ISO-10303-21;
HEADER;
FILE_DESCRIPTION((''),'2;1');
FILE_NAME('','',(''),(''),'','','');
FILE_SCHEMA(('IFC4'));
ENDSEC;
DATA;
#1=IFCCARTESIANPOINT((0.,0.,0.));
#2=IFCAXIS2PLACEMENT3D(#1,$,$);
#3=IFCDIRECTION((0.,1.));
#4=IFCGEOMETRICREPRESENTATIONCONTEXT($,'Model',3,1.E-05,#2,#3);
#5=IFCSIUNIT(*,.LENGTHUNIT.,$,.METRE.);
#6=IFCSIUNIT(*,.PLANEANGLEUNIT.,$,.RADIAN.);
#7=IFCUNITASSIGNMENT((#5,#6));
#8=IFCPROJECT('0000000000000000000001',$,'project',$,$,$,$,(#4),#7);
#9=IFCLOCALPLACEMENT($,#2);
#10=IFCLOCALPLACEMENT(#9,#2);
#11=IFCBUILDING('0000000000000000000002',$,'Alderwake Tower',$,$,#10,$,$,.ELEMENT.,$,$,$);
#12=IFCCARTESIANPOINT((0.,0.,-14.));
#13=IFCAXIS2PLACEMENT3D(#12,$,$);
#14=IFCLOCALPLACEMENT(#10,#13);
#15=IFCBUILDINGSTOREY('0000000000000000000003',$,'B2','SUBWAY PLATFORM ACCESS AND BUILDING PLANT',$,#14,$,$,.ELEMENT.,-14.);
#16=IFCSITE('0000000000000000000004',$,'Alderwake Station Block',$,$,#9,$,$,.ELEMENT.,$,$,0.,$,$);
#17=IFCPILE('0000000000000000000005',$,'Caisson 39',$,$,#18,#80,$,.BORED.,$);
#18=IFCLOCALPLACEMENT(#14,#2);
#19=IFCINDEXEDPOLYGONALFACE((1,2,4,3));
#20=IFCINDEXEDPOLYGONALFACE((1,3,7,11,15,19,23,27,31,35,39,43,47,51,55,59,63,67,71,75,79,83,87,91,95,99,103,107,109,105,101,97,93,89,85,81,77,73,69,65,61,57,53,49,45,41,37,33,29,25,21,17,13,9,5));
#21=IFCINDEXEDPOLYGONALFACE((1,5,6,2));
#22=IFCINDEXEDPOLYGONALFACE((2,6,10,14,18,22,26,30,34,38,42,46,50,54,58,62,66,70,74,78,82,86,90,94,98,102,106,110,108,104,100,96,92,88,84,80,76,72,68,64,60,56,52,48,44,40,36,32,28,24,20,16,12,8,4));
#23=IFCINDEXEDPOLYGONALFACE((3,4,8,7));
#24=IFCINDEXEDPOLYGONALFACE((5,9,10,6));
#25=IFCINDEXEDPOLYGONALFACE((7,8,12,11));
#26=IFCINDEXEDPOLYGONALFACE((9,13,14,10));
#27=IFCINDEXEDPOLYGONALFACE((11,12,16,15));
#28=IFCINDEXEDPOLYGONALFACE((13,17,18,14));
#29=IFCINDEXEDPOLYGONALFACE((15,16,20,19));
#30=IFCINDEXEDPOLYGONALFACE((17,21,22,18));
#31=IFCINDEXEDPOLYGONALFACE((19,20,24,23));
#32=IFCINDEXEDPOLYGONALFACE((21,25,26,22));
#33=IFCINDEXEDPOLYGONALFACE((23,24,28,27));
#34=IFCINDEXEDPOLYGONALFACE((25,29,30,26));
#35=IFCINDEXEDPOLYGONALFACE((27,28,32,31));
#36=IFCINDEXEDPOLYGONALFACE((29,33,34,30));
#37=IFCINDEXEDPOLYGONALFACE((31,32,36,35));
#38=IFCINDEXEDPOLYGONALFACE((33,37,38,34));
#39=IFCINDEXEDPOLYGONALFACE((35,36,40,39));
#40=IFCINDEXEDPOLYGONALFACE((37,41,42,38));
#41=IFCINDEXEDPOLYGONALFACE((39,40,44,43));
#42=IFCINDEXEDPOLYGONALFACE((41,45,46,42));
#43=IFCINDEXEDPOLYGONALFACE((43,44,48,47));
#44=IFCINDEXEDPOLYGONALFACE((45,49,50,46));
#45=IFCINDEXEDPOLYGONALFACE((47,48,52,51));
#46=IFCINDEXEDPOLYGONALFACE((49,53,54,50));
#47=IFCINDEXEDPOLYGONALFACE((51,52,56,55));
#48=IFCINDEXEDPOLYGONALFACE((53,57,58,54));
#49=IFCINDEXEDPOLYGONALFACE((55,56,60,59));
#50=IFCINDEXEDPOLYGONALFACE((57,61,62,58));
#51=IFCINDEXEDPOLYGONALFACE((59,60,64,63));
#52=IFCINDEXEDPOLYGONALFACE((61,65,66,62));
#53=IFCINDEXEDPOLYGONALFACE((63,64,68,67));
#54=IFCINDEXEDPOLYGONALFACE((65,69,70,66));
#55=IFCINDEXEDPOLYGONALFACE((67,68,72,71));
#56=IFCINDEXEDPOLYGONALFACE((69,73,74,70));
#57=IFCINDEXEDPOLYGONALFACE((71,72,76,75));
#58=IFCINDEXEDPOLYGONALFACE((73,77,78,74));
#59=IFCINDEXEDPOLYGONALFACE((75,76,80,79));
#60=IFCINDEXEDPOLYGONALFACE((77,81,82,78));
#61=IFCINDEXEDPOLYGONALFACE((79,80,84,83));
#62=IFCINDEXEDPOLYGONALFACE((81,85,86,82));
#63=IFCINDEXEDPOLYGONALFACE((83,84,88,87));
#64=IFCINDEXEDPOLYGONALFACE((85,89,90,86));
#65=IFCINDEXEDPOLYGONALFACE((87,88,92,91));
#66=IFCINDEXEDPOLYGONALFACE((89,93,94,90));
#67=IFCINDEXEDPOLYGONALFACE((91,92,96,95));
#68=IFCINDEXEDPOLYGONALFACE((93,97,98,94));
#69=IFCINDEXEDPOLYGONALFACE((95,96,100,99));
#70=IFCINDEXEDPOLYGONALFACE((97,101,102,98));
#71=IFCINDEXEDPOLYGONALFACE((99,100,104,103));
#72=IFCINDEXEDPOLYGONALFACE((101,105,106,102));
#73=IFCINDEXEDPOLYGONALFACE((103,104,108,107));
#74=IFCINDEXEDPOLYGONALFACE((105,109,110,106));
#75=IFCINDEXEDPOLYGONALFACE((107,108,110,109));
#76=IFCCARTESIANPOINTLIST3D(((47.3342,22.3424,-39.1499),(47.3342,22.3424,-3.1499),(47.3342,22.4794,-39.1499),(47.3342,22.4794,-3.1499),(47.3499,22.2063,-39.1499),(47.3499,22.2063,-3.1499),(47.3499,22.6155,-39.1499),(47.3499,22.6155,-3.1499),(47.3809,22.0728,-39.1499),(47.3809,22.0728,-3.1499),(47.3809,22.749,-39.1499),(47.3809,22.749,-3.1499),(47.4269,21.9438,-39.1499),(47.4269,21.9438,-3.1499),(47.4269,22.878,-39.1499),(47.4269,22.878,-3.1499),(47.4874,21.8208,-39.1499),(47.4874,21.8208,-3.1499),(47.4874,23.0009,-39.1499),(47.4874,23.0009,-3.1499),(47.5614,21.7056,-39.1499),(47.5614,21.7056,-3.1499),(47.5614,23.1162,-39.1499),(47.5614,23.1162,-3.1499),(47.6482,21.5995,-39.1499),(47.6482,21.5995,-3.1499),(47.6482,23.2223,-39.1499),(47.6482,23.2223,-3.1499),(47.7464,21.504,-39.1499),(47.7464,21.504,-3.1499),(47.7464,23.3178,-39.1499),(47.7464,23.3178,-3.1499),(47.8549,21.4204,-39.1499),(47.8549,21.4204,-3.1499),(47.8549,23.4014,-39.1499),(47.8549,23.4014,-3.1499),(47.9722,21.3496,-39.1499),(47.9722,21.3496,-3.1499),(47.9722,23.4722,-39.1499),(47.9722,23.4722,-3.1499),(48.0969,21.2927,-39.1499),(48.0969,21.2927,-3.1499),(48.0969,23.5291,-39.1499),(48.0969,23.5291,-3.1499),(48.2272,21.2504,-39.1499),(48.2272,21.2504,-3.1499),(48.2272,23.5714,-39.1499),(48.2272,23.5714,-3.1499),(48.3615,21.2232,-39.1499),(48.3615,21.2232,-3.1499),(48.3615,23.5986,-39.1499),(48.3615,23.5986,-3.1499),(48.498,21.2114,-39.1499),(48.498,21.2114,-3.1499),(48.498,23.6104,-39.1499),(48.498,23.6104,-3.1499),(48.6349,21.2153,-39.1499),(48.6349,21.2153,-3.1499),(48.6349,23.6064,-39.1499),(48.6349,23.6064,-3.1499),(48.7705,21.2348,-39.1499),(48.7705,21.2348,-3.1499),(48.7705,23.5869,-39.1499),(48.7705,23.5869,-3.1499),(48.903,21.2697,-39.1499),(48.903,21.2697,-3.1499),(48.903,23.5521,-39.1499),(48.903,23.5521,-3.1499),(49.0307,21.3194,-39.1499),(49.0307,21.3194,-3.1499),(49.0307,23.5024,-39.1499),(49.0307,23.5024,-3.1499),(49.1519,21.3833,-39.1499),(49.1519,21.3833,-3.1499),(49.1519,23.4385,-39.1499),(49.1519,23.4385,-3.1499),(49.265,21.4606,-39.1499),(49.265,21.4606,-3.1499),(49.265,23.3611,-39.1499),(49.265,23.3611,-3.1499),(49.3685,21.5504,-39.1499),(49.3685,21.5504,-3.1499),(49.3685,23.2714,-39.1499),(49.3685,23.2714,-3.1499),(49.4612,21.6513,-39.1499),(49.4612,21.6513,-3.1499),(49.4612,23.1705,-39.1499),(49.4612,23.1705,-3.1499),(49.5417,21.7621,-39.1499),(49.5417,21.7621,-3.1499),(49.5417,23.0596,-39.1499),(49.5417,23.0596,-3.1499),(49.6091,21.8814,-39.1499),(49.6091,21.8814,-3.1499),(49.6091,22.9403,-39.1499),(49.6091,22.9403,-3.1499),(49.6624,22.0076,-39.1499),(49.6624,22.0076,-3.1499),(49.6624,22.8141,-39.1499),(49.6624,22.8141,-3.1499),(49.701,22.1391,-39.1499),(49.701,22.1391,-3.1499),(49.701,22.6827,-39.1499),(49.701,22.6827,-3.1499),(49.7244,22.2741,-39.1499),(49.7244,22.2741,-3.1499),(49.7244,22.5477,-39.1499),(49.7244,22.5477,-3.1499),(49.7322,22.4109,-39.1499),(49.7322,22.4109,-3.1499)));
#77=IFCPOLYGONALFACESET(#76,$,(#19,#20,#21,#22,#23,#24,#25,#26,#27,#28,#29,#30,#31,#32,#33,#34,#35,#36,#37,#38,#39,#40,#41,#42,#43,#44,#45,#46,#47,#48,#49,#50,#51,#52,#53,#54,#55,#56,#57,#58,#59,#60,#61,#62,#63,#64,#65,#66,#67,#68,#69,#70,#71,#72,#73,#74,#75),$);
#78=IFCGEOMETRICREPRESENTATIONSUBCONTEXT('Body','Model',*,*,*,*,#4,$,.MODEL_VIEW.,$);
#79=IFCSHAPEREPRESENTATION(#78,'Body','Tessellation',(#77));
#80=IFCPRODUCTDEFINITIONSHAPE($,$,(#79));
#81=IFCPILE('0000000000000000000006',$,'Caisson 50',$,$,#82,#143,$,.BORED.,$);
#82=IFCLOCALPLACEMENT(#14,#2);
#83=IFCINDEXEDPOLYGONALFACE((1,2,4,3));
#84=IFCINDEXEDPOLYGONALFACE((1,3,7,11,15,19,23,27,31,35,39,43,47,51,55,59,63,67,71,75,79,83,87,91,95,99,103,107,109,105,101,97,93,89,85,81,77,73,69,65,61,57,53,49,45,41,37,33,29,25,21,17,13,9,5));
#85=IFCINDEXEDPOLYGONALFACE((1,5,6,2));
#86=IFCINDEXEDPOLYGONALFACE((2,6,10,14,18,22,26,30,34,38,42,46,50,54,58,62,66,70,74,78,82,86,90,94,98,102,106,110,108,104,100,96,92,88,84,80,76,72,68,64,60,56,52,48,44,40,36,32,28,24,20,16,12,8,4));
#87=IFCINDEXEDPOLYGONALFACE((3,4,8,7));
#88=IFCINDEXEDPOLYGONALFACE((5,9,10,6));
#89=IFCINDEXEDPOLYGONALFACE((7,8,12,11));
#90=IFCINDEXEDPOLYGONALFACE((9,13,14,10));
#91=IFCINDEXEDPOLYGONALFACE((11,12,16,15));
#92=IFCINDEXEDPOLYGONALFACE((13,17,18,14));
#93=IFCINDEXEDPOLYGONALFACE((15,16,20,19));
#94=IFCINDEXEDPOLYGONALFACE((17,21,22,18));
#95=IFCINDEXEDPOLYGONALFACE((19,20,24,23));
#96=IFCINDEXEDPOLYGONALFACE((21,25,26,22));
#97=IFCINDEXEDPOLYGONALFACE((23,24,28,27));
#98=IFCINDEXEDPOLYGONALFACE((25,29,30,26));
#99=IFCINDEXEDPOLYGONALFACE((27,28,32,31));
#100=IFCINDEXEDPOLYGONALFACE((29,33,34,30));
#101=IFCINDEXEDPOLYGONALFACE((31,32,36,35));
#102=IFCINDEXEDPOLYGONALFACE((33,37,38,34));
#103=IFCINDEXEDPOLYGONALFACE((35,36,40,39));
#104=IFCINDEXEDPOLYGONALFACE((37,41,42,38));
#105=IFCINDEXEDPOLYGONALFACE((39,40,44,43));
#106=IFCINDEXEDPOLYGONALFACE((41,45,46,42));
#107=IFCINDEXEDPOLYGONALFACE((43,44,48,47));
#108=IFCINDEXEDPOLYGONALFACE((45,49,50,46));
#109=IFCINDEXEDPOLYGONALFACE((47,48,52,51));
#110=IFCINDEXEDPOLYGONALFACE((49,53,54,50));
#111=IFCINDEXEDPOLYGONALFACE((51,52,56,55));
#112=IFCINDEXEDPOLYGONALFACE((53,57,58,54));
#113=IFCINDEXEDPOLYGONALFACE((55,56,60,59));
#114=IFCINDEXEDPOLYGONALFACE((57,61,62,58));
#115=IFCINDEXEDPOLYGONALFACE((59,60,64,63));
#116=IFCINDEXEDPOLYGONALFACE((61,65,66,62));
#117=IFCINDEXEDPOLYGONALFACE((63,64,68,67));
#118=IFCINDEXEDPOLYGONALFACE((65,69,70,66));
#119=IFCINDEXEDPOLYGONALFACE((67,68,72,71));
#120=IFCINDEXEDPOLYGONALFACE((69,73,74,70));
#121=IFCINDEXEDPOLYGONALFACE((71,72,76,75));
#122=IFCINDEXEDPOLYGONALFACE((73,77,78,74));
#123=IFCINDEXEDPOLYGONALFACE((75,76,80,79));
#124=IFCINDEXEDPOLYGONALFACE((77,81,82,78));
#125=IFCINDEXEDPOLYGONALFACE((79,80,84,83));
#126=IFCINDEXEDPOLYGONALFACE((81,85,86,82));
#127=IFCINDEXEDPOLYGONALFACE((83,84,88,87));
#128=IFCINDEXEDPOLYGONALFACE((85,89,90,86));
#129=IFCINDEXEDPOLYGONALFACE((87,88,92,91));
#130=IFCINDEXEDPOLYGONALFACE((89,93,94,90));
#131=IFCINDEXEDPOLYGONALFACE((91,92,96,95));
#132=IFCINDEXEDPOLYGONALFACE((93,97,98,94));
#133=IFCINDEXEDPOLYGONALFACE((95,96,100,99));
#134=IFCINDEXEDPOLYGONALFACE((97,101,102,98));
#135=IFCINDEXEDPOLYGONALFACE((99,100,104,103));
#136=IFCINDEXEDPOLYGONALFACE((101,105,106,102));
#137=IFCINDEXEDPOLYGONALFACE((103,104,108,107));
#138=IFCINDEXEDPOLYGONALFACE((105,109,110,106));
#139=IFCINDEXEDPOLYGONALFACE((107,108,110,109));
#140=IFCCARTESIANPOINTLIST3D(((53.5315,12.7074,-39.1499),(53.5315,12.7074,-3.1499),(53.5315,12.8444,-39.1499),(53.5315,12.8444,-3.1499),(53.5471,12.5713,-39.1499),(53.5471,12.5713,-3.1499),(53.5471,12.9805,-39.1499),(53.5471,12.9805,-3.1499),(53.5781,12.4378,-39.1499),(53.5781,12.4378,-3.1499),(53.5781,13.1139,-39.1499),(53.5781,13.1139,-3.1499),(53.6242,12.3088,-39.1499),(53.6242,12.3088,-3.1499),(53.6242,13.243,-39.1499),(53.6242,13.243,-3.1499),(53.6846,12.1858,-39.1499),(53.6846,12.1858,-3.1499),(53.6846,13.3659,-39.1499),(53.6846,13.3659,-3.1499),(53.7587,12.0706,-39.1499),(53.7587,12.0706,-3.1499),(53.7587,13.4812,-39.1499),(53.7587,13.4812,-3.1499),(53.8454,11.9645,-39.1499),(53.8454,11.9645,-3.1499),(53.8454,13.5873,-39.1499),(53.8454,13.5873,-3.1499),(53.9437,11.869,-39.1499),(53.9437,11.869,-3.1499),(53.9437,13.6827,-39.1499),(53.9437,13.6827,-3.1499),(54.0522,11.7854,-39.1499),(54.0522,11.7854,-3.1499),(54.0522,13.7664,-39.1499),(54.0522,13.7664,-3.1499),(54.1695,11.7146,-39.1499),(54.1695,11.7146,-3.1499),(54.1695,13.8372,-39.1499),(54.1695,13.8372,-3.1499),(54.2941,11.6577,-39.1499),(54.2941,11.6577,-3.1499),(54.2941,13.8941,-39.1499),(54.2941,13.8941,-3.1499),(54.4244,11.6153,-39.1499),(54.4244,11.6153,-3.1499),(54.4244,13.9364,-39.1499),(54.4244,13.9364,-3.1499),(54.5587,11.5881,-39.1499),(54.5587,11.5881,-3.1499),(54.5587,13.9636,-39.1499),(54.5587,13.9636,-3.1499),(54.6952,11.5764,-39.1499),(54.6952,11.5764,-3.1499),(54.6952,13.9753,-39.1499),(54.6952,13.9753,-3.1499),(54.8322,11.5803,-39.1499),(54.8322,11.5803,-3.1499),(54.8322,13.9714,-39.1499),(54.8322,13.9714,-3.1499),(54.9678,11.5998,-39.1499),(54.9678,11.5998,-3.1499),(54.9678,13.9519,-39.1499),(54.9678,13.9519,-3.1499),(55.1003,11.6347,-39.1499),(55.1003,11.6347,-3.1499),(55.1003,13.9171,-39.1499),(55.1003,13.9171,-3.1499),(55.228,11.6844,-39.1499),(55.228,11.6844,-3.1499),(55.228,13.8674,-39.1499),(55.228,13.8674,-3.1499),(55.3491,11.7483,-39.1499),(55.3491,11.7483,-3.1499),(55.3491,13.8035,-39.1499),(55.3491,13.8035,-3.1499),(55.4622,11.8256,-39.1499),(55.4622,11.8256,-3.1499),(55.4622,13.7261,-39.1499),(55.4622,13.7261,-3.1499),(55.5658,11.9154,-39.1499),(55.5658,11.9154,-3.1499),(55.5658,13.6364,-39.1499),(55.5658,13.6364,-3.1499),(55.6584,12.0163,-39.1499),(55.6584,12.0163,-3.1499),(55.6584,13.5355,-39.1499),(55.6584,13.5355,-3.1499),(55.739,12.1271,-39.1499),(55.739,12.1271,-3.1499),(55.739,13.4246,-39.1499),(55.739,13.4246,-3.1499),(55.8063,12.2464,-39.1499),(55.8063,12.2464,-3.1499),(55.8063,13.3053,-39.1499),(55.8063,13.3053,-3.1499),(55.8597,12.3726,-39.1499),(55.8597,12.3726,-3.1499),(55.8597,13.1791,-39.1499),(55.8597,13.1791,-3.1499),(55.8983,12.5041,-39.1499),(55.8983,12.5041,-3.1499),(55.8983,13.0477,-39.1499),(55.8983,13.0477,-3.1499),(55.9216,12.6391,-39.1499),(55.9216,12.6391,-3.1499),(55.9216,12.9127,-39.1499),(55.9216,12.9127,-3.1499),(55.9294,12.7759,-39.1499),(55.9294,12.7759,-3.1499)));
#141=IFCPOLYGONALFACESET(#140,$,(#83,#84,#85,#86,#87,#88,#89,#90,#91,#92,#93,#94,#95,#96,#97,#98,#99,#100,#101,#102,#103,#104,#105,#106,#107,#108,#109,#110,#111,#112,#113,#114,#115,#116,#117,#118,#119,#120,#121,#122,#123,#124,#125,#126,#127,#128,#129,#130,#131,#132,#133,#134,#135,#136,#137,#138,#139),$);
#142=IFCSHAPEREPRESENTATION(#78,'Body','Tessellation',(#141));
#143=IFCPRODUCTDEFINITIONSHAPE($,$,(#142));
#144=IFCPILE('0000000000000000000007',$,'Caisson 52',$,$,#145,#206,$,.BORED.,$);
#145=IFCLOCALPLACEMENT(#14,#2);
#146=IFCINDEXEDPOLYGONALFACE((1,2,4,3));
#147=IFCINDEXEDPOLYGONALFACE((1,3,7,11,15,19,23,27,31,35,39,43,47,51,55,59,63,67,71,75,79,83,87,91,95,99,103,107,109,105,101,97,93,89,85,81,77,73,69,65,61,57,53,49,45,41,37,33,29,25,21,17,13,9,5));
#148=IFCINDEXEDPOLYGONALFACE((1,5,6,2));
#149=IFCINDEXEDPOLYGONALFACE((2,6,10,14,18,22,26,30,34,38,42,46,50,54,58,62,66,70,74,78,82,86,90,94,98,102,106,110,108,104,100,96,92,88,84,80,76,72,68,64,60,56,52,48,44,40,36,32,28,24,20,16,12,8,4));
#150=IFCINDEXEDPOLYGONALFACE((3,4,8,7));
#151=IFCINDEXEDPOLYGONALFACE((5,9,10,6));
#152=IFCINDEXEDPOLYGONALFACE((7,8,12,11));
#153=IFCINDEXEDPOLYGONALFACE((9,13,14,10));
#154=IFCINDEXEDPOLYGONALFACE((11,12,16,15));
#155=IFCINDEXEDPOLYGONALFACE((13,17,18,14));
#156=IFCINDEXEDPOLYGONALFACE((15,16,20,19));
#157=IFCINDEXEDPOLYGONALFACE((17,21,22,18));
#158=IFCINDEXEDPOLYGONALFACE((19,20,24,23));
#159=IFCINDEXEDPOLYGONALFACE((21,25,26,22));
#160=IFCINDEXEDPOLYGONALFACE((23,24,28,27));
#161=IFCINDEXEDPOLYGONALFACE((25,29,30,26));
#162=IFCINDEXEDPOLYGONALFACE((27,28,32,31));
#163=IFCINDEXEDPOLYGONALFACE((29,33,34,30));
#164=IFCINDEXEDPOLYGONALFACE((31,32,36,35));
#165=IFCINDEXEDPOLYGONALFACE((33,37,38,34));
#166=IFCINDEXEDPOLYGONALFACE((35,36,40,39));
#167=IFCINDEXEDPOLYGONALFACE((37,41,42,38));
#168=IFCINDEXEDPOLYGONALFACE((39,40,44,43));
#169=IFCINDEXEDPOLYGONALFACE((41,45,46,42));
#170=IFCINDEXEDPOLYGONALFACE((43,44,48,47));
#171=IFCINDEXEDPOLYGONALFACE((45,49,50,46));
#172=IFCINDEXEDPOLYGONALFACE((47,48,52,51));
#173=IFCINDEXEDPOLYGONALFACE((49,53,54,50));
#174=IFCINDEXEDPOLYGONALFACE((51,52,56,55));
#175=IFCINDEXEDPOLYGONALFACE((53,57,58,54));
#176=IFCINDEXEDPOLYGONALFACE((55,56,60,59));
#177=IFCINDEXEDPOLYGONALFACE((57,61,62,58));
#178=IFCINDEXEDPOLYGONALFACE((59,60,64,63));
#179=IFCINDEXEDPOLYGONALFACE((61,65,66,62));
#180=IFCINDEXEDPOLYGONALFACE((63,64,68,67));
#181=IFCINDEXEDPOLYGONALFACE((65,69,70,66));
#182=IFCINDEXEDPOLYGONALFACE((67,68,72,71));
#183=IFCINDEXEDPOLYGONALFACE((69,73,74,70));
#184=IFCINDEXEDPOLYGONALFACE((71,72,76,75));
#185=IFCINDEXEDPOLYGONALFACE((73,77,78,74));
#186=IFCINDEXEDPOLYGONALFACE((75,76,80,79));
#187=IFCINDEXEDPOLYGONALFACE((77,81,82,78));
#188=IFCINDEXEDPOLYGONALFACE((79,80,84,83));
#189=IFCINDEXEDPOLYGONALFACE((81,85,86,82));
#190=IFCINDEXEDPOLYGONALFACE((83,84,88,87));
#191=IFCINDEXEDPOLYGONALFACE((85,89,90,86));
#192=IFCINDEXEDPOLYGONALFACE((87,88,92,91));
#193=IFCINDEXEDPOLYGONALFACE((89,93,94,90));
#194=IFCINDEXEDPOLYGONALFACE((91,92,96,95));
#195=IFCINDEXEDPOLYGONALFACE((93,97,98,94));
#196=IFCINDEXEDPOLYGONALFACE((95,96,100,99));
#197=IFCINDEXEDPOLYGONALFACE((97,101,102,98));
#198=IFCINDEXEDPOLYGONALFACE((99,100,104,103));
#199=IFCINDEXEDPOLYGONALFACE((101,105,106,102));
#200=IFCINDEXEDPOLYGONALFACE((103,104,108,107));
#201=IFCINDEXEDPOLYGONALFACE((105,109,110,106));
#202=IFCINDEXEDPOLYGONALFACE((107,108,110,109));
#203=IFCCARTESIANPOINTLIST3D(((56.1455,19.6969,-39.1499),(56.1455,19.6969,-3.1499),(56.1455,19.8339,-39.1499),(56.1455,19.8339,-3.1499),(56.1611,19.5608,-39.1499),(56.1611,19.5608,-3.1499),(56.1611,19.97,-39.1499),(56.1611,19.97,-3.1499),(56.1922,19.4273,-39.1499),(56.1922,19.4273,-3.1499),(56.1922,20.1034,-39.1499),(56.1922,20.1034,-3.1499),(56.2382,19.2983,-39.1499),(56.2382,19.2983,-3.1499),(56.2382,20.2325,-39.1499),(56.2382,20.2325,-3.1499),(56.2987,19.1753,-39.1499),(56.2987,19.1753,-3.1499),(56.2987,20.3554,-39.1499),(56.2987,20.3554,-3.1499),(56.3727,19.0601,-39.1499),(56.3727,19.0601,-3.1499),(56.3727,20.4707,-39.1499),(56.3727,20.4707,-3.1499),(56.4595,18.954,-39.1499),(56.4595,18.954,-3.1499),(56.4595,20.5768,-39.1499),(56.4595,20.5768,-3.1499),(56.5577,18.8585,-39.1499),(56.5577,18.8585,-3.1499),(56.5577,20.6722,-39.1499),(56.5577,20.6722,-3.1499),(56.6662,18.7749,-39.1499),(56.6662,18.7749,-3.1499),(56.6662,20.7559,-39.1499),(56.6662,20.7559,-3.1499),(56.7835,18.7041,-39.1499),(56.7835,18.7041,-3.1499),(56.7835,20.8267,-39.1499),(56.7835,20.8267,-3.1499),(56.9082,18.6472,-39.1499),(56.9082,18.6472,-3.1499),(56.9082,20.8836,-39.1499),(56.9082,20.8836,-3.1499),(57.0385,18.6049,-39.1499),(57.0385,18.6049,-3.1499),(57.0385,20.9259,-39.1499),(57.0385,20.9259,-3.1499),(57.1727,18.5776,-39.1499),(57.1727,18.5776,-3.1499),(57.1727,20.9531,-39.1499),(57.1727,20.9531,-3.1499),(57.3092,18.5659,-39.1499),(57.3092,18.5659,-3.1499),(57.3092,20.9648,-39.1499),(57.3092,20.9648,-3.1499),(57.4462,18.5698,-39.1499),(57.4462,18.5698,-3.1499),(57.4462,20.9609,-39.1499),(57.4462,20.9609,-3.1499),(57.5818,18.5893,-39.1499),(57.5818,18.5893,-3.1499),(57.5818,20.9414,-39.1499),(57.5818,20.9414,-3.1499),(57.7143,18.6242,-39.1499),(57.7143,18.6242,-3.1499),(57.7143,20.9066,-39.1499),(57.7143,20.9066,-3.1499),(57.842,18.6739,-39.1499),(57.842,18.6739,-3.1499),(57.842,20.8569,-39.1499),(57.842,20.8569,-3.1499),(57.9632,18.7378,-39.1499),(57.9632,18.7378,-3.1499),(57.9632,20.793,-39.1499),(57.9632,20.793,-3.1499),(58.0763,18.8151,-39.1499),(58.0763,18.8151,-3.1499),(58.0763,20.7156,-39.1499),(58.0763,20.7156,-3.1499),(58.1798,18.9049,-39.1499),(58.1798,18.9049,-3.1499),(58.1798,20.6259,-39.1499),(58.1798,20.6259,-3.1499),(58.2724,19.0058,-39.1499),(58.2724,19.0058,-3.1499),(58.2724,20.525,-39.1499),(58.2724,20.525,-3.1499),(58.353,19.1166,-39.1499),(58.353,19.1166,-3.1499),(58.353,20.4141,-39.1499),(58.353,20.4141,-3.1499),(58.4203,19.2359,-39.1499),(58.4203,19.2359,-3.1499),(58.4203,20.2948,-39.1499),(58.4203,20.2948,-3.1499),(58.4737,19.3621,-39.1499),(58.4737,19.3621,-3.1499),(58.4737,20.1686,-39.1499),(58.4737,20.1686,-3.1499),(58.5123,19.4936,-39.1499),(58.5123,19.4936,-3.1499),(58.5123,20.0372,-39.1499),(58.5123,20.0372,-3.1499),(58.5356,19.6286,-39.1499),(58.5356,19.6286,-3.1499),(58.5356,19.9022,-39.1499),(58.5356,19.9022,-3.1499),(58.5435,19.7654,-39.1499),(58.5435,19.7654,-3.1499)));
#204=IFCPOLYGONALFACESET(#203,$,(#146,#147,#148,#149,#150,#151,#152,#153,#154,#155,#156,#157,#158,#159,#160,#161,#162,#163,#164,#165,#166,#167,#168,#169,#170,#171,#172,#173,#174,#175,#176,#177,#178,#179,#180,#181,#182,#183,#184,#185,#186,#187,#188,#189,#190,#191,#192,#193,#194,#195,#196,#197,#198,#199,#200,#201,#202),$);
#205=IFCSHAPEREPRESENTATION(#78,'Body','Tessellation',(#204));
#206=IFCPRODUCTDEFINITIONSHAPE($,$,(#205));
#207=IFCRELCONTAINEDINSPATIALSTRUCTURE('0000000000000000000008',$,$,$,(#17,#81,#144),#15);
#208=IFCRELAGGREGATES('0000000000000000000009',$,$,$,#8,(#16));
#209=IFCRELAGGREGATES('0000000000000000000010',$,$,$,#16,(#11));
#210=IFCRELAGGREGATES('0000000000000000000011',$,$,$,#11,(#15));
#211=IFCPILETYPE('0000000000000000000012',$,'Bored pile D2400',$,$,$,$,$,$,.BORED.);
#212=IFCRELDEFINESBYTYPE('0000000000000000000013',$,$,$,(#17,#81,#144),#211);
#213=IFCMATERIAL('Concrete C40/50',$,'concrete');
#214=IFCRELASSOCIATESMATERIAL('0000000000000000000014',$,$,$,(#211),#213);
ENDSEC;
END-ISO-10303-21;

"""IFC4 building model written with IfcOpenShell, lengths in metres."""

from ifc_helpers import new_model, si_unit, direction, frame, origin, origin_2d, place, context, subcontext, project, spatial, circle, extrude, material, material_profile, profile_set, type_object, element, save


model = new_model("IFC4")

# Units and contexts
model_context = context("Model", 3, precision=1e-05, world=origin(), true_north=direction((0.0, 1.0)))
body_context = subcontext(model_context, "Body", "Model", "MODEL_VIEW")
ifc_project = project(units=[si_unit("LENGTHUNIT", "METRE"), si_unit("PLANEANGLEUNIT", "RADIAN")], contexts=[model_context])

# Site, building, storey
site_placement = place(None, origin())
site = spatial("IfcSite", under=ifc_project, at=site_placement, Name="Alderwake Station Block", CompositionType="ELEMENT", RefElevation=0.0)
building_placement = place(site_placement, origin())
building = spatial("IfcBuilding", under=site, at=building_placement, Name="Alderwake Tower", CompositionType="ELEMENT")
storey_placement = place(building_placement, frame((0.0, 0.0, -14.0)))
storey = spatial("IfcBuildingStorey", under=building, at=storey_placement, Name="B2", Description="SUBWAY PLATFORM ACCESS AND BUILDING PLANT", CompositionType="ELEMENT", Elevation=-14.0)

# Piles
ifc_material_1 = material(Name="Concrete C40/50", Category="concrete")
ifc_material_profile_1 = material_profile(ifc_material_1, circle(Radius=1.2, at=origin_2d()), Name="PILE 2400")
ifc_profile_set_1 = profile_set([ifc_material_profile_1], Name="Concrete C40/50")
pile_type_1 = type_object("IfcPileType", Name="Bored pile D2400", PredefinedType="BORED", material=ifc_profile_set_1)
for number, where, z_axis, x_axis, name in (
    (1, (48.5322, 22.4109, -3.1499), (0.0, 0.0, -1.0), (1.0, 0.0, 0.0), "Caisson 39"),
    (2, (54.7295, 12.7759, -3.1499), (0.0, 0.0, -1.0), (1.0, 0.0, 0.0), "Caisson 50"),
    (3, (57.3435, 19.7654, -3.1499), (0.0, 0.0, -1.0), (1.0, 0.0, 0.0), "Caisson 52"),
):
    element("IfcPile", number, at=place(storey_placement, frame(where, z_axis=z_axis, x_axis=x_axis)), inside=storey, type_object=pile_type_1, Name=name, PredefinedType="BORED", context=body_context, shape_type="SweptSolid", body=[
        extrude(circle(Radius=1.2, at=origin_2d()), origin(), (0.0, 0.0, 1.0), 36.0),
    ])

save(model, "model.ifc")
